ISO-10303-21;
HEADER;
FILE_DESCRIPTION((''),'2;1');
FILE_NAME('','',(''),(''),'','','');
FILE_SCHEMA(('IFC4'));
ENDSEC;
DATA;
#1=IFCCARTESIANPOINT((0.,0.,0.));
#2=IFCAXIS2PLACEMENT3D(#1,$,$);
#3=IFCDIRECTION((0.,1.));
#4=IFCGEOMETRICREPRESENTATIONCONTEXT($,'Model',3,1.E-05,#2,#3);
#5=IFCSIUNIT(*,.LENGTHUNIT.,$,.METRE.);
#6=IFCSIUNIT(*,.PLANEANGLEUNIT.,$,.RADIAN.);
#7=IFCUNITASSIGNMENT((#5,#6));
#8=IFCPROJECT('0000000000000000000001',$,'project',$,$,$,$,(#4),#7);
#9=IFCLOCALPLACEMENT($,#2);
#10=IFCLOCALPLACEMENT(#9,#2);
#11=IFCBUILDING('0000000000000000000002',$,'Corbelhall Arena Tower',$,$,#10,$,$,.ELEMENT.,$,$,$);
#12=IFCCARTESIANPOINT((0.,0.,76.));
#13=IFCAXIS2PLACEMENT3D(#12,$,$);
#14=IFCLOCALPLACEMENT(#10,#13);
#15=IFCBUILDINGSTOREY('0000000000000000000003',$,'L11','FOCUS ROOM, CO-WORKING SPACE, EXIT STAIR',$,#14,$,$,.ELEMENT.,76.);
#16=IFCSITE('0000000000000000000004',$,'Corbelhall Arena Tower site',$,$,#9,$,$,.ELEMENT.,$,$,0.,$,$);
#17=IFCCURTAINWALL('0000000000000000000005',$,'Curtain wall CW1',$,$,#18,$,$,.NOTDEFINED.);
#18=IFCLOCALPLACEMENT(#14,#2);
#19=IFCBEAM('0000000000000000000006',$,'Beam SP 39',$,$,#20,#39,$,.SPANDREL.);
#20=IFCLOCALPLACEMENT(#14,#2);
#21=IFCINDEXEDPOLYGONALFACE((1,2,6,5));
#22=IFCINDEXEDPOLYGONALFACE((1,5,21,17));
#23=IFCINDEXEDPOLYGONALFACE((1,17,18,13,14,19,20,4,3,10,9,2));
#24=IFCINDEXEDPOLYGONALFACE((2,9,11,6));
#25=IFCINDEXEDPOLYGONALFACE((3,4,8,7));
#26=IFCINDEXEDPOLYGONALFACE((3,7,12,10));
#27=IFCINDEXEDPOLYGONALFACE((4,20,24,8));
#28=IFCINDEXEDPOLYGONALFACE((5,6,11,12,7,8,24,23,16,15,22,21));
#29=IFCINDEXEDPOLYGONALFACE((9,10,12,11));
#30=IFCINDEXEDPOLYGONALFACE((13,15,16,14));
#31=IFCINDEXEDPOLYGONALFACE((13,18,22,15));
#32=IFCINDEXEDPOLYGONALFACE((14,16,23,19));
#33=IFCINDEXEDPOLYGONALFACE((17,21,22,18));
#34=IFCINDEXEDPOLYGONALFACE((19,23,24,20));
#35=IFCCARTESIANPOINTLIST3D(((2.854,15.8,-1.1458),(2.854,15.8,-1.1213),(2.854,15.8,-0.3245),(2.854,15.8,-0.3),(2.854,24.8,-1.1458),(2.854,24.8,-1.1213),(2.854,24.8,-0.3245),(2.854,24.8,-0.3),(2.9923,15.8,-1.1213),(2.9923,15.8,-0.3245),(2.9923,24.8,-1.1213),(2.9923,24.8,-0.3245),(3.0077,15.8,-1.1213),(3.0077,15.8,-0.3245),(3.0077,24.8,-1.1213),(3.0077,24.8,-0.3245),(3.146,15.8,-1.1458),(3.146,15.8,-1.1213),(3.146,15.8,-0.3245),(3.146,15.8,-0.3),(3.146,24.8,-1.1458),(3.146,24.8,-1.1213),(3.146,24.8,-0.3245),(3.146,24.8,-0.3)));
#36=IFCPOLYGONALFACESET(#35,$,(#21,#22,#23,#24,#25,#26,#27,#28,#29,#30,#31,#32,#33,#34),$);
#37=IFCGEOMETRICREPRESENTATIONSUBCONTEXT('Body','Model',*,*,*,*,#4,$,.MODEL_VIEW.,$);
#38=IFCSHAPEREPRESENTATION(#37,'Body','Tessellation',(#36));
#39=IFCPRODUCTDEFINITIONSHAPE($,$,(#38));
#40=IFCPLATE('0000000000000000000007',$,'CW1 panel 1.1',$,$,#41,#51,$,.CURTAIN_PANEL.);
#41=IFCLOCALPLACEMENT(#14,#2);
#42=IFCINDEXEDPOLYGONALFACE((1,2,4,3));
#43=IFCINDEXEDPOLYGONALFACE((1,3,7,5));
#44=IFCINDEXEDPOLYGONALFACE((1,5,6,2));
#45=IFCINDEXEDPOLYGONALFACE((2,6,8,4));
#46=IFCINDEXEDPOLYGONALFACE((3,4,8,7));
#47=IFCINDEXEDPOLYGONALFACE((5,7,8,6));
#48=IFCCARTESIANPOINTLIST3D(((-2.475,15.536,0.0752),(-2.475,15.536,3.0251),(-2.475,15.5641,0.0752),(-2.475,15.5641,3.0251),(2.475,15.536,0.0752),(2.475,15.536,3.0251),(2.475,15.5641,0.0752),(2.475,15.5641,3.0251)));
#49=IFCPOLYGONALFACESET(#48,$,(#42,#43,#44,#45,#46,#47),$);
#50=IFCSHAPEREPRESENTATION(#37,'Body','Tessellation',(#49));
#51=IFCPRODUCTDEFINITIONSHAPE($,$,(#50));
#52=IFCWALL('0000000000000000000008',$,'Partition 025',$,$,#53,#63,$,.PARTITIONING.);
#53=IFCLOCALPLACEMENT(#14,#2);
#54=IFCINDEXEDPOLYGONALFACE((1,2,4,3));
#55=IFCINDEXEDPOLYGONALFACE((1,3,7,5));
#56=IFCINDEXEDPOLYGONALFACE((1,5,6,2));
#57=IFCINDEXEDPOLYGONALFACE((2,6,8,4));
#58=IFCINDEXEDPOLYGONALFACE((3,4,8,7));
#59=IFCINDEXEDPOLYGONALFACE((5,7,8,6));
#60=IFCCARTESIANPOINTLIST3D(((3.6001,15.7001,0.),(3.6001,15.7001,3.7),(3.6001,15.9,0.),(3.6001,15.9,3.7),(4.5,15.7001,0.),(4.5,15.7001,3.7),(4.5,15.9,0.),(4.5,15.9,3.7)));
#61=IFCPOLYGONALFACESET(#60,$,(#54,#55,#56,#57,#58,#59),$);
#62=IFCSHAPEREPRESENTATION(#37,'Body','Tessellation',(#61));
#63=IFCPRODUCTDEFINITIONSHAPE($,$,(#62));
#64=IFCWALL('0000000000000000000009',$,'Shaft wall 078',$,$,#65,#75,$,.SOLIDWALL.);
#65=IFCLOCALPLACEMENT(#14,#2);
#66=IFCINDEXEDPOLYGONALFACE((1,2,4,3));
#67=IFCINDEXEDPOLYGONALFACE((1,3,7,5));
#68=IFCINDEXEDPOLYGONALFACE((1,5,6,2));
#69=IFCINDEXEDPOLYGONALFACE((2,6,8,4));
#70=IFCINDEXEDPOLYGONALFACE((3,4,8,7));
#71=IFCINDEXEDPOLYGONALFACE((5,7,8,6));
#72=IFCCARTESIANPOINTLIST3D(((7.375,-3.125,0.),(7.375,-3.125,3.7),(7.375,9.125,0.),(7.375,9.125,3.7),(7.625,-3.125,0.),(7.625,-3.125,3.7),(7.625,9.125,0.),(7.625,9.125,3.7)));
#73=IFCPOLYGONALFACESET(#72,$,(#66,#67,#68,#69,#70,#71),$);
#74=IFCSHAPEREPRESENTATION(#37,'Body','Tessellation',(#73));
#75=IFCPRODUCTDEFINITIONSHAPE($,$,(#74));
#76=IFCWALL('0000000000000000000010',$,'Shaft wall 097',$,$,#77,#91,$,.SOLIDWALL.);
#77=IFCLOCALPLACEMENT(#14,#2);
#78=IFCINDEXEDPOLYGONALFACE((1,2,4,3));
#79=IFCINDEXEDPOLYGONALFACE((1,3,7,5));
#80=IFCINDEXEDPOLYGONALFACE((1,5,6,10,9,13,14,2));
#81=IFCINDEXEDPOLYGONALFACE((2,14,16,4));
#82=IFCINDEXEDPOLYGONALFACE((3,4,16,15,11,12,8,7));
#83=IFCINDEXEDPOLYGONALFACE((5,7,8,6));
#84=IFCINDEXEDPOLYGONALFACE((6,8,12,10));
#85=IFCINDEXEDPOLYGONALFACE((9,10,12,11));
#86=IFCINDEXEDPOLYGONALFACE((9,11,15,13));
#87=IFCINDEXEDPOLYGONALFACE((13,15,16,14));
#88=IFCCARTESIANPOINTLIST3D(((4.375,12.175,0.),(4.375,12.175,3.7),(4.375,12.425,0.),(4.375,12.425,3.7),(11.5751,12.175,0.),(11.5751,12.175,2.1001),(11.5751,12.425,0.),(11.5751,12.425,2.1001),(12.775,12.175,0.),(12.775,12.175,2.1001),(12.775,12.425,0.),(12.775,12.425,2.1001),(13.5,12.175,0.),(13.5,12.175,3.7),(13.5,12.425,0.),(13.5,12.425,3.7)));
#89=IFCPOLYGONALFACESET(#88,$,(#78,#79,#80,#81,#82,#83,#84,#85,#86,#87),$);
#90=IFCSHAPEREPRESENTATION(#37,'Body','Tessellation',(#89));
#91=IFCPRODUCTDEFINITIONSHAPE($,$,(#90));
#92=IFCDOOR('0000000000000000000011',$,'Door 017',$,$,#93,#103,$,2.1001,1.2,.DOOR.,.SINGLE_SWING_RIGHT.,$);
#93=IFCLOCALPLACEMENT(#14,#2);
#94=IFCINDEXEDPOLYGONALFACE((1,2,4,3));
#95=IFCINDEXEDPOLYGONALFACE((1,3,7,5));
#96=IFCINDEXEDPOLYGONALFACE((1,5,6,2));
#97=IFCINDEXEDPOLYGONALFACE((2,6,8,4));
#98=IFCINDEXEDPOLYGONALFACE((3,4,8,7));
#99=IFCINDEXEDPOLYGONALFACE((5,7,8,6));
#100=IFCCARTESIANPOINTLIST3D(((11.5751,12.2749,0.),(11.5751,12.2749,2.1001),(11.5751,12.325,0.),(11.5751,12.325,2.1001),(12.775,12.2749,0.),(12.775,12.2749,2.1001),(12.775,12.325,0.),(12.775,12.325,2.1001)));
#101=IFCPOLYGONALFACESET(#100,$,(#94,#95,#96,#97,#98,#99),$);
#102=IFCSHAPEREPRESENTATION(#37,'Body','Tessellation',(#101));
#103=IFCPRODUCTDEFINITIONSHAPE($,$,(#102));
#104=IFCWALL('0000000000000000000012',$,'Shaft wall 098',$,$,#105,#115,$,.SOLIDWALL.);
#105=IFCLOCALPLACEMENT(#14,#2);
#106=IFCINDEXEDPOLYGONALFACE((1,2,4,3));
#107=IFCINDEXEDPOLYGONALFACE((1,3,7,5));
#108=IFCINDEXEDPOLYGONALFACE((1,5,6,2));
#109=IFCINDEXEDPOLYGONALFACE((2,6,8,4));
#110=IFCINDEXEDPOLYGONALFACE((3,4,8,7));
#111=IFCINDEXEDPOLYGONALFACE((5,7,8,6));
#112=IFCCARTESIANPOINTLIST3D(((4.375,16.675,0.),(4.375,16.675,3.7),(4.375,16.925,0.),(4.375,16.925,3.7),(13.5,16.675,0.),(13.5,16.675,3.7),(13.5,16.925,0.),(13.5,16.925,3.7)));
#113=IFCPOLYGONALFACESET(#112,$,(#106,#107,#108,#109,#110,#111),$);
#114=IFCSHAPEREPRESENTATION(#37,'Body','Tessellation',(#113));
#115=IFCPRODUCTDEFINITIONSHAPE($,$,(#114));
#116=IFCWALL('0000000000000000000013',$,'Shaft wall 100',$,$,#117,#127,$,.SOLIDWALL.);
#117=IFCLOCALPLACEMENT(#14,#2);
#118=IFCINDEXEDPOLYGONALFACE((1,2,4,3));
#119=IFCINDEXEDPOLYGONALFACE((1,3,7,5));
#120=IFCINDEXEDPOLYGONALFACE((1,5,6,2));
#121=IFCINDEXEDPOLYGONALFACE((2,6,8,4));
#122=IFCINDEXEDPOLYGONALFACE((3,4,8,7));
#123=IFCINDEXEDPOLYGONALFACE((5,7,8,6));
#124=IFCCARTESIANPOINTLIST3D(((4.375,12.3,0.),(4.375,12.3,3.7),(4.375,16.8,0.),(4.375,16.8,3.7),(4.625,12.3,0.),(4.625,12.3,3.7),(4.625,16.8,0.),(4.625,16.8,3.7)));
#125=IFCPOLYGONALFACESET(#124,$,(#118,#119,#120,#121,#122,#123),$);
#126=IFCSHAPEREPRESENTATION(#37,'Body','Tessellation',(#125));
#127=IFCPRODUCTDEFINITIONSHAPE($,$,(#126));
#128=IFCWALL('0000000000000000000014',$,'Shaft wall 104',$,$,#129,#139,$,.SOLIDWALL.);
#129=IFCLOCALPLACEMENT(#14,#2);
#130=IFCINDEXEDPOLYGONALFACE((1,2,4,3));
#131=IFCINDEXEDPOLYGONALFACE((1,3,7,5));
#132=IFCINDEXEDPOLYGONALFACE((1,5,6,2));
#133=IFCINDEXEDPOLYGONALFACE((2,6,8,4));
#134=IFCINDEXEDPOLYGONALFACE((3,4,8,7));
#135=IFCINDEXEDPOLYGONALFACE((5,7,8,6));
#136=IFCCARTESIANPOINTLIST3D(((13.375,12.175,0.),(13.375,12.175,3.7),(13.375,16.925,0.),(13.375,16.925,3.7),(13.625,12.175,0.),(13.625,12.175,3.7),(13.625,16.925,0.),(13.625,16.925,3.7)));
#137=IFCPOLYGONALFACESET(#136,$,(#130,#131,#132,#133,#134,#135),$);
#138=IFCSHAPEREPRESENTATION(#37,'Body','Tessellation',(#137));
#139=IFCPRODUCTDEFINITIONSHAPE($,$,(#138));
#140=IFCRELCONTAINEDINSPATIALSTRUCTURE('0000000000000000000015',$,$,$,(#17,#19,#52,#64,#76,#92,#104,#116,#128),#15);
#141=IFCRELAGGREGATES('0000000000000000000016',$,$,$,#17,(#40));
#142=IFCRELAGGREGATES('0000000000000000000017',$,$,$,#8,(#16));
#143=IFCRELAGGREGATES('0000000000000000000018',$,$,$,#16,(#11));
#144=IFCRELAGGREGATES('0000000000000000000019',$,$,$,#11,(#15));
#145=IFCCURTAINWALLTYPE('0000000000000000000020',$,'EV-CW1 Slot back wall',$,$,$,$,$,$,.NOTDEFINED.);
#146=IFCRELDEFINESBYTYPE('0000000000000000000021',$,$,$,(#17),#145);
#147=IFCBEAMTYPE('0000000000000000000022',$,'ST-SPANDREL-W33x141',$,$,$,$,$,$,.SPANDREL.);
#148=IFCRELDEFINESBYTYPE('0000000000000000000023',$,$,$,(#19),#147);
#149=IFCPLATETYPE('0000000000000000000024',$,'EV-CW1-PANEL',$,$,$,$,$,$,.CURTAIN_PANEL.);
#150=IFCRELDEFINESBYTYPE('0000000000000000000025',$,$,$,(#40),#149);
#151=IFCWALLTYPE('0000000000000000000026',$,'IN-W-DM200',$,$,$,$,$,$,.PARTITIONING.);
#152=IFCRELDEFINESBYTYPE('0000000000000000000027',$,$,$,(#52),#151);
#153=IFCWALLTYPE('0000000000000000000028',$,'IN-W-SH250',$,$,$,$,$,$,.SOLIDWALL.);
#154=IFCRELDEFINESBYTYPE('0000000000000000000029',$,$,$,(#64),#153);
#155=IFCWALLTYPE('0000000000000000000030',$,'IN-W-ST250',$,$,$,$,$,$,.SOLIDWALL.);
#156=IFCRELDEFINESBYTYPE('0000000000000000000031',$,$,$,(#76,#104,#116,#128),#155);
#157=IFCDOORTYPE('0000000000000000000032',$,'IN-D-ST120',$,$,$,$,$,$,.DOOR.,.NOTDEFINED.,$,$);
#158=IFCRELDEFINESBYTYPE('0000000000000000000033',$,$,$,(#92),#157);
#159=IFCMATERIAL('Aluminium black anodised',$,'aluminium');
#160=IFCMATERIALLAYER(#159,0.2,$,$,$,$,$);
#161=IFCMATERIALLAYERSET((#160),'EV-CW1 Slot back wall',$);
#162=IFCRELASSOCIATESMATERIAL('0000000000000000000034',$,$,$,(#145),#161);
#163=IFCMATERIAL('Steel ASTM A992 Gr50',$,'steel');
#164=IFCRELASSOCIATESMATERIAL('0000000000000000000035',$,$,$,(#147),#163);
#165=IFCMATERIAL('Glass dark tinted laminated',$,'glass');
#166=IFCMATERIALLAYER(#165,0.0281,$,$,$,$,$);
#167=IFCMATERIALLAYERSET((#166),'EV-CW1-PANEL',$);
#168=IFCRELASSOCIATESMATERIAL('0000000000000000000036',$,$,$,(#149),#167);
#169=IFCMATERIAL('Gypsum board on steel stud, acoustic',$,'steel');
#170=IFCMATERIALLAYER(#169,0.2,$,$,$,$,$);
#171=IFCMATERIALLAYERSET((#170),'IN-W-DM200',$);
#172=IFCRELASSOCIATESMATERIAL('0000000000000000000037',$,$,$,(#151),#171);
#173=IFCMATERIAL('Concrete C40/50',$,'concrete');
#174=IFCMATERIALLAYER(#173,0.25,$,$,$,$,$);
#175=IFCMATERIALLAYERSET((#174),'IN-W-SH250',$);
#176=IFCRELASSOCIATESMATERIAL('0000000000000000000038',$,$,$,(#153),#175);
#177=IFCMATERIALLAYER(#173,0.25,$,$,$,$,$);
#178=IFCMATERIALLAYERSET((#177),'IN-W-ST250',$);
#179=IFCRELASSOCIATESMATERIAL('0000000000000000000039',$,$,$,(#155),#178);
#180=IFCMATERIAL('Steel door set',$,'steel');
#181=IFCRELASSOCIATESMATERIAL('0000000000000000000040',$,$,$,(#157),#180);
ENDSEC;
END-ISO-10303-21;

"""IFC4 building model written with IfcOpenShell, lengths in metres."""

from ifc_helpers import new_model, si_unit, direction, frame, frame_2d, origin, origin_2d, place, context, subcontext, project, spatial, rectangle, i_section, extrude, material, layer, layer_set, material_profile, profile_set, type_object, element, fill, aggregate, save


model = new_model("IFC4")

# Units and contexts
model_context = context("Model", 3, precision=1e-05, world=origin(), true_north=direction((0.0, 1.0)))
body_context = subcontext(model_context, "Body", "Model", "MODEL_VIEW")
ifc_project = project(units=[si_unit("LENGTHUNIT", "METRE"), si_unit("PLANEANGLEUNIT", "RADIAN")], contexts=[model_context])

# Site, building, storey
site_placement = place(None, origin())
site = spatial("IfcSite", under=ifc_project, at=site_placement, Name="Corbelhall Arena Tower site", CompositionType="ELEMENT", RefElevation=0.0)
building_placement = place(site_placement, origin())
building = spatial("IfcBuilding", under=site, at=building_placement, Name="Corbelhall Arena Tower", CompositionType="ELEMENT")
storey_placement = place(building_placement, frame((0.0, 0.0, 76.0)))
storey = spatial("IfcBuildingStorey", under=building, at=storey_placement, Name="L11", Description="FOCUS ROOM, CO-WORKING SPACE, EXIT STAIR", CompositionType="ELEMENT", Elevation=76.0)

# Curtain wall
ifc_material_1 = material(Name="Aluminium black anodised", Category="aluminium")
ifc_layer_1 = layer(ifc_material_1, 0.2)
ifc_layer_set_1 = layer_set([ifc_layer_1], Name="EV-CW1 Slot back wall")
curtain_wall_type = type_object("IfcCurtainWallType", Name="EV-CW1 Slot back wall", PredefinedType="NOTDEFINED", material=ifc_layer_set_1)
curtain_wall_placement = place(storey_placement, origin())
curtain_wall = element("IfcCurtainWall", 1, at=curtain_wall_placement, inside=storey, type_object=curtain_wall_type, Name="Curtain wall CW1", PredefinedType="NOTDEFINED")

# Beam
ifc_material_2 = material(Name="Steel ASTM A992 Gr50", Category="steel")
ifc_material_profile_1 = material_profile(ifc_material_2, i_section(OverallWidth=0.292, OverallDepth=0.8457, WebThickness=0.0154, FlangeThickness=0.0244, at=origin_2d()))
ifc_profile_set_1 = profile_set([ifc_material_profile_1], Name="Steel ASTM A992 Gr50")
beam_type_1 = type_object("IfcBeamType", Name="ST-SPANDREL-W33x141", PredefinedType="SPANDREL", material=ifc_profile_set_1)
beam_1_placement = place(storey_placement, frame((3.0, 15.8, -0.7229), z_axis=(0.0, 1.0, 0.0), x_axis=(-1.0, 0.0, 0.0)))
element("IfcBeam", 2, at=beam_1_placement, inside=storey, type_object=beam_type_1, Name="Beam SP 39", PredefinedType="SPANDREL", context=body_context, shape_type="SweptSolid", body=[
    extrude(i_section(OverallWidth=0.292, OverallDepth=0.8457, WebThickness=0.0154, FlangeThickness=0.0244, at=origin_2d()), origin(), (0.0, 0.0, 1.0), 9.0),
])

# Plate
ifc_material_3 = material(Name="Glass dark tinted laminated", Category="glass")
ifc_layer_2 = layer(ifc_material_3, 0.0281)
ifc_layer_set_2 = layer_set([ifc_layer_2], Name="EV-CW1-PANEL")
plate_type = type_object("IfcPlateType", Name="EV-CW1-PANEL", PredefinedType="CURTAIN_PANEL", material=ifc_layer_set_2)
plate_placement = place(storey_placement, frame((0.0, 15.55, 0.0752), z_axis=(0.0, 0.0, 1.0), x_axis=(-1.0, 0.0, 0.0)))
plate = element("IfcPlate", 3, at=plate_placement, type_object=plate_type, Name="CW1 panel 1.1", PredefinedType="CURTAIN_PANEL", context=body_context, shape_type="SweptSolid", body=[
    extrude(rectangle(XDim=4.95, YDim=0.0281, at=origin_2d()), origin(), (0.0, 0.0, 1.0), 2.95),
])
aggregate(curtain_wall, [plate])

# Wall
ifc_material_4 = material(Name="Gypsum board on steel stud, acoustic", Category="steel")
ifc_layer_3 = layer(ifc_material_4, 0.2)
ifc_layer_set_3 = layer_set([ifc_layer_3], Name="IN-W-DM200")
wall_type_1 = type_object("IfcWallType", Name="IN-W-DM200", PredefinedType="PARTITIONING", material=ifc_layer_set_3)
wall_1_placement = place(storey_placement, frame((3.6001, 15.8, 0.0), z_axis=(0.0, 0.0, 1.0), x_axis=(1.0, 0.0, 0.0)))
element("IfcWall", 4, at=wall_1_placement, inside=storey, type_object=wall_type_1, Name="Partition 025", PredefinedType="PARTITIONING", context=body_context, shape_type="SweptSolid", body=[
    extrude(rectangle(XDim=0.8999, YDim=0.2, at=frame_2d((0.45, 0.0))), origin(), (0.0, 0.0, 1.0), 3.7),
])

# Shared definitions
ifc_material_5 = material(Name="Steel door set", Category="steel")

# Wall
ifc_material_6 = material(Name="Concrete C40/50", Category="concrete")
ifc_layer_4 = layer(ifc_material_6, 0.25)
ifc_layer_set_4 = layer_set([ifc_layer_4], Name="IN-W-SH250")
wall_type_2 = type_object("IfcWallType", Name="IN-W-SH250", PredefinedType="SOLIDWALL", material=ifc_layer_set_4)
wall_2_placement = place(storey_placement, frame((7.5, 9.125, 0.0), z_axis=(0.0, 0.0, 1.0), x_axis=(0.0, -1.0, 0.0)))
element("IfcWall", 5, at=wall_2_placement, inside=storey, type_object=wall_type_2, Name="Shaft wall 078", PredefinedType="SOLIDWALL", context=body_context, shape_type="SweptSolid", body=[
    extrude(rectangle(XDim=12.25, YDim=0.25, at=frame_2d((6.125, 0.0))), origin(), (0.0, 0.0, 1.0), 3.7),
])

# Wall, opening, door
ifc_layer_5 = layer(ifc_material_6, 0.25)
ifc_layer_set_5 = layer_set([ifc_layer_5], Name="IN-W-ST250")
wall_type_3 = type_object("IfcWallType", Name="IN-W-ST250", PredefinedType="SOLIDWALL", material=ifc_layer_set_5)
wall_3_placement = place(storey_placement, frame((4.375, 12.3, 0.0), z_axis=(0.0, 0.0, 1.0), x_axis=(1.0, 0.0, 0.0)))
wall_3 = element("IfcWall", 6, at=wall_3_placement, inside=storey, type_object=wall_type_3, Name="Shaft wall 097", PredefinedType="SOLIDWALL", context=body_context, shape_type="SweptSolid", body=[
    extrude(rectangle(XDim=9.125, YDim=0.25, at=frame_2d((4.5625, 0.0))), origin(), (0.0, 0.0, 1.0), 3.7),
])
opening_1_placement = place(wall_3_placement, frame((7.2, 0.0, 0.0)))
opening_1 = element("IfcOpeningElement", 7, at=opening_1_placement, cuts=wall_3, PredefinedType="OPENING", context=body_context, shape_type="SweptSolid", body=[
    extrude(rectangle(XDim=1.2, YDim=2.1001, at=frame_2d((0.6001, 1.05))), frame((0.0, 0.125, 0.0), z_axis=(0.0, -1.0, 0.0), x_axis=(1.0, 0.0, 0.0)), (0.0, 0.0, 1.0), 0.25),
])
door_type_1 = type_object("IfcDoorType", Name="IN-D-ST120", OperationType="NOTDEFINED", PredefinedType="DOOR", material=ifc_material_5)
door_1_placement = place(opening_1_placement, origin())
door_1 = element("IfcDoor", 8, at=door_1_placement, inside=storey, type_object=door_type_1, Name="Door 017", OperationType="SINGLE_SWING_RIGHT", OverallHeight=2.1001, OverallWidth=1.2, PredefinedType="DOOR", context=body_context, shape_type="SweptSolid", body=[
    extrude(rectangle(XDim=1.2, YDim=2.1001, at=frame_2d((0.6001, 1.05))), frame((0.0, 0.0249, 0.0), z_axis=(0.0, -1.0, 0.0), x_axis=(1.0, 0.0, 0.0)), (0.0, 0.0, 1.0), 0.05),
])
fill(opening_1, door_1)

# Walls
wall_4_placement = place(storey_placement, frame((4.375, 16.8, 0.0), z_axis=(0.0, 0.0, 1.0), x_axis=(1.0, 0.0, 0.0)))
element("IfcWall", 9, at=wall_4_placement, inside=storey, type_object=wall_type_3, Name="Shaft wall 098", PredefinedType="SOLIDWALL", context=body_context, shape_type="SweptSolid", body=[
    extrude(rectangle(XDim=9.125, YDim=0.25, at=frame_2d((4.5625, 0.0))), origin(), (0.0, 0.0, 1.0), 3.7),
])
wall_5_placement = place(storey_placement, frame((4.5, 12.3, 0.0), z_axis=(0.0, 0.0, 1.0), x_axis=(0.0, 1.0, 0.0)))
element("IfcWall", 10, at=wall_5_placement, inside=storey, type_object=wall_type_3, Name="Shaft wall 100", PredefinedType="SOLIDWALL", context=body_context, shape_type="SweptSolid", body=[
    extrude(rectangle(XDim=4.5, YDim=0.25, at=frame_2d((2.25, 0.0))), origin(), (0.0, 0.0, 1.0), 3.7),
])
wall_6_placement = place(storey_placement, frame((13.5, 12.175, 0.0), z_axis=(0.0, 0.0, 1.0), x_axis=(0.0, 1.0, 0.0)))
element("IfcWall", 11, at=wall_6_placement, inside=storey, type_object=wall_type_3, Name="Shaft wall 104", PredefinedType="SOLIDWALL", context=body_context, shape_type="SweptSolid", body=[
    extrude(rectangle(XDim=4.75, YDim=0.25, at=frame_2d((2.375, 0.0))), origin(), (0.0, 0.0, 1.0), 3.7),
])

save(model, "model.ifc")
